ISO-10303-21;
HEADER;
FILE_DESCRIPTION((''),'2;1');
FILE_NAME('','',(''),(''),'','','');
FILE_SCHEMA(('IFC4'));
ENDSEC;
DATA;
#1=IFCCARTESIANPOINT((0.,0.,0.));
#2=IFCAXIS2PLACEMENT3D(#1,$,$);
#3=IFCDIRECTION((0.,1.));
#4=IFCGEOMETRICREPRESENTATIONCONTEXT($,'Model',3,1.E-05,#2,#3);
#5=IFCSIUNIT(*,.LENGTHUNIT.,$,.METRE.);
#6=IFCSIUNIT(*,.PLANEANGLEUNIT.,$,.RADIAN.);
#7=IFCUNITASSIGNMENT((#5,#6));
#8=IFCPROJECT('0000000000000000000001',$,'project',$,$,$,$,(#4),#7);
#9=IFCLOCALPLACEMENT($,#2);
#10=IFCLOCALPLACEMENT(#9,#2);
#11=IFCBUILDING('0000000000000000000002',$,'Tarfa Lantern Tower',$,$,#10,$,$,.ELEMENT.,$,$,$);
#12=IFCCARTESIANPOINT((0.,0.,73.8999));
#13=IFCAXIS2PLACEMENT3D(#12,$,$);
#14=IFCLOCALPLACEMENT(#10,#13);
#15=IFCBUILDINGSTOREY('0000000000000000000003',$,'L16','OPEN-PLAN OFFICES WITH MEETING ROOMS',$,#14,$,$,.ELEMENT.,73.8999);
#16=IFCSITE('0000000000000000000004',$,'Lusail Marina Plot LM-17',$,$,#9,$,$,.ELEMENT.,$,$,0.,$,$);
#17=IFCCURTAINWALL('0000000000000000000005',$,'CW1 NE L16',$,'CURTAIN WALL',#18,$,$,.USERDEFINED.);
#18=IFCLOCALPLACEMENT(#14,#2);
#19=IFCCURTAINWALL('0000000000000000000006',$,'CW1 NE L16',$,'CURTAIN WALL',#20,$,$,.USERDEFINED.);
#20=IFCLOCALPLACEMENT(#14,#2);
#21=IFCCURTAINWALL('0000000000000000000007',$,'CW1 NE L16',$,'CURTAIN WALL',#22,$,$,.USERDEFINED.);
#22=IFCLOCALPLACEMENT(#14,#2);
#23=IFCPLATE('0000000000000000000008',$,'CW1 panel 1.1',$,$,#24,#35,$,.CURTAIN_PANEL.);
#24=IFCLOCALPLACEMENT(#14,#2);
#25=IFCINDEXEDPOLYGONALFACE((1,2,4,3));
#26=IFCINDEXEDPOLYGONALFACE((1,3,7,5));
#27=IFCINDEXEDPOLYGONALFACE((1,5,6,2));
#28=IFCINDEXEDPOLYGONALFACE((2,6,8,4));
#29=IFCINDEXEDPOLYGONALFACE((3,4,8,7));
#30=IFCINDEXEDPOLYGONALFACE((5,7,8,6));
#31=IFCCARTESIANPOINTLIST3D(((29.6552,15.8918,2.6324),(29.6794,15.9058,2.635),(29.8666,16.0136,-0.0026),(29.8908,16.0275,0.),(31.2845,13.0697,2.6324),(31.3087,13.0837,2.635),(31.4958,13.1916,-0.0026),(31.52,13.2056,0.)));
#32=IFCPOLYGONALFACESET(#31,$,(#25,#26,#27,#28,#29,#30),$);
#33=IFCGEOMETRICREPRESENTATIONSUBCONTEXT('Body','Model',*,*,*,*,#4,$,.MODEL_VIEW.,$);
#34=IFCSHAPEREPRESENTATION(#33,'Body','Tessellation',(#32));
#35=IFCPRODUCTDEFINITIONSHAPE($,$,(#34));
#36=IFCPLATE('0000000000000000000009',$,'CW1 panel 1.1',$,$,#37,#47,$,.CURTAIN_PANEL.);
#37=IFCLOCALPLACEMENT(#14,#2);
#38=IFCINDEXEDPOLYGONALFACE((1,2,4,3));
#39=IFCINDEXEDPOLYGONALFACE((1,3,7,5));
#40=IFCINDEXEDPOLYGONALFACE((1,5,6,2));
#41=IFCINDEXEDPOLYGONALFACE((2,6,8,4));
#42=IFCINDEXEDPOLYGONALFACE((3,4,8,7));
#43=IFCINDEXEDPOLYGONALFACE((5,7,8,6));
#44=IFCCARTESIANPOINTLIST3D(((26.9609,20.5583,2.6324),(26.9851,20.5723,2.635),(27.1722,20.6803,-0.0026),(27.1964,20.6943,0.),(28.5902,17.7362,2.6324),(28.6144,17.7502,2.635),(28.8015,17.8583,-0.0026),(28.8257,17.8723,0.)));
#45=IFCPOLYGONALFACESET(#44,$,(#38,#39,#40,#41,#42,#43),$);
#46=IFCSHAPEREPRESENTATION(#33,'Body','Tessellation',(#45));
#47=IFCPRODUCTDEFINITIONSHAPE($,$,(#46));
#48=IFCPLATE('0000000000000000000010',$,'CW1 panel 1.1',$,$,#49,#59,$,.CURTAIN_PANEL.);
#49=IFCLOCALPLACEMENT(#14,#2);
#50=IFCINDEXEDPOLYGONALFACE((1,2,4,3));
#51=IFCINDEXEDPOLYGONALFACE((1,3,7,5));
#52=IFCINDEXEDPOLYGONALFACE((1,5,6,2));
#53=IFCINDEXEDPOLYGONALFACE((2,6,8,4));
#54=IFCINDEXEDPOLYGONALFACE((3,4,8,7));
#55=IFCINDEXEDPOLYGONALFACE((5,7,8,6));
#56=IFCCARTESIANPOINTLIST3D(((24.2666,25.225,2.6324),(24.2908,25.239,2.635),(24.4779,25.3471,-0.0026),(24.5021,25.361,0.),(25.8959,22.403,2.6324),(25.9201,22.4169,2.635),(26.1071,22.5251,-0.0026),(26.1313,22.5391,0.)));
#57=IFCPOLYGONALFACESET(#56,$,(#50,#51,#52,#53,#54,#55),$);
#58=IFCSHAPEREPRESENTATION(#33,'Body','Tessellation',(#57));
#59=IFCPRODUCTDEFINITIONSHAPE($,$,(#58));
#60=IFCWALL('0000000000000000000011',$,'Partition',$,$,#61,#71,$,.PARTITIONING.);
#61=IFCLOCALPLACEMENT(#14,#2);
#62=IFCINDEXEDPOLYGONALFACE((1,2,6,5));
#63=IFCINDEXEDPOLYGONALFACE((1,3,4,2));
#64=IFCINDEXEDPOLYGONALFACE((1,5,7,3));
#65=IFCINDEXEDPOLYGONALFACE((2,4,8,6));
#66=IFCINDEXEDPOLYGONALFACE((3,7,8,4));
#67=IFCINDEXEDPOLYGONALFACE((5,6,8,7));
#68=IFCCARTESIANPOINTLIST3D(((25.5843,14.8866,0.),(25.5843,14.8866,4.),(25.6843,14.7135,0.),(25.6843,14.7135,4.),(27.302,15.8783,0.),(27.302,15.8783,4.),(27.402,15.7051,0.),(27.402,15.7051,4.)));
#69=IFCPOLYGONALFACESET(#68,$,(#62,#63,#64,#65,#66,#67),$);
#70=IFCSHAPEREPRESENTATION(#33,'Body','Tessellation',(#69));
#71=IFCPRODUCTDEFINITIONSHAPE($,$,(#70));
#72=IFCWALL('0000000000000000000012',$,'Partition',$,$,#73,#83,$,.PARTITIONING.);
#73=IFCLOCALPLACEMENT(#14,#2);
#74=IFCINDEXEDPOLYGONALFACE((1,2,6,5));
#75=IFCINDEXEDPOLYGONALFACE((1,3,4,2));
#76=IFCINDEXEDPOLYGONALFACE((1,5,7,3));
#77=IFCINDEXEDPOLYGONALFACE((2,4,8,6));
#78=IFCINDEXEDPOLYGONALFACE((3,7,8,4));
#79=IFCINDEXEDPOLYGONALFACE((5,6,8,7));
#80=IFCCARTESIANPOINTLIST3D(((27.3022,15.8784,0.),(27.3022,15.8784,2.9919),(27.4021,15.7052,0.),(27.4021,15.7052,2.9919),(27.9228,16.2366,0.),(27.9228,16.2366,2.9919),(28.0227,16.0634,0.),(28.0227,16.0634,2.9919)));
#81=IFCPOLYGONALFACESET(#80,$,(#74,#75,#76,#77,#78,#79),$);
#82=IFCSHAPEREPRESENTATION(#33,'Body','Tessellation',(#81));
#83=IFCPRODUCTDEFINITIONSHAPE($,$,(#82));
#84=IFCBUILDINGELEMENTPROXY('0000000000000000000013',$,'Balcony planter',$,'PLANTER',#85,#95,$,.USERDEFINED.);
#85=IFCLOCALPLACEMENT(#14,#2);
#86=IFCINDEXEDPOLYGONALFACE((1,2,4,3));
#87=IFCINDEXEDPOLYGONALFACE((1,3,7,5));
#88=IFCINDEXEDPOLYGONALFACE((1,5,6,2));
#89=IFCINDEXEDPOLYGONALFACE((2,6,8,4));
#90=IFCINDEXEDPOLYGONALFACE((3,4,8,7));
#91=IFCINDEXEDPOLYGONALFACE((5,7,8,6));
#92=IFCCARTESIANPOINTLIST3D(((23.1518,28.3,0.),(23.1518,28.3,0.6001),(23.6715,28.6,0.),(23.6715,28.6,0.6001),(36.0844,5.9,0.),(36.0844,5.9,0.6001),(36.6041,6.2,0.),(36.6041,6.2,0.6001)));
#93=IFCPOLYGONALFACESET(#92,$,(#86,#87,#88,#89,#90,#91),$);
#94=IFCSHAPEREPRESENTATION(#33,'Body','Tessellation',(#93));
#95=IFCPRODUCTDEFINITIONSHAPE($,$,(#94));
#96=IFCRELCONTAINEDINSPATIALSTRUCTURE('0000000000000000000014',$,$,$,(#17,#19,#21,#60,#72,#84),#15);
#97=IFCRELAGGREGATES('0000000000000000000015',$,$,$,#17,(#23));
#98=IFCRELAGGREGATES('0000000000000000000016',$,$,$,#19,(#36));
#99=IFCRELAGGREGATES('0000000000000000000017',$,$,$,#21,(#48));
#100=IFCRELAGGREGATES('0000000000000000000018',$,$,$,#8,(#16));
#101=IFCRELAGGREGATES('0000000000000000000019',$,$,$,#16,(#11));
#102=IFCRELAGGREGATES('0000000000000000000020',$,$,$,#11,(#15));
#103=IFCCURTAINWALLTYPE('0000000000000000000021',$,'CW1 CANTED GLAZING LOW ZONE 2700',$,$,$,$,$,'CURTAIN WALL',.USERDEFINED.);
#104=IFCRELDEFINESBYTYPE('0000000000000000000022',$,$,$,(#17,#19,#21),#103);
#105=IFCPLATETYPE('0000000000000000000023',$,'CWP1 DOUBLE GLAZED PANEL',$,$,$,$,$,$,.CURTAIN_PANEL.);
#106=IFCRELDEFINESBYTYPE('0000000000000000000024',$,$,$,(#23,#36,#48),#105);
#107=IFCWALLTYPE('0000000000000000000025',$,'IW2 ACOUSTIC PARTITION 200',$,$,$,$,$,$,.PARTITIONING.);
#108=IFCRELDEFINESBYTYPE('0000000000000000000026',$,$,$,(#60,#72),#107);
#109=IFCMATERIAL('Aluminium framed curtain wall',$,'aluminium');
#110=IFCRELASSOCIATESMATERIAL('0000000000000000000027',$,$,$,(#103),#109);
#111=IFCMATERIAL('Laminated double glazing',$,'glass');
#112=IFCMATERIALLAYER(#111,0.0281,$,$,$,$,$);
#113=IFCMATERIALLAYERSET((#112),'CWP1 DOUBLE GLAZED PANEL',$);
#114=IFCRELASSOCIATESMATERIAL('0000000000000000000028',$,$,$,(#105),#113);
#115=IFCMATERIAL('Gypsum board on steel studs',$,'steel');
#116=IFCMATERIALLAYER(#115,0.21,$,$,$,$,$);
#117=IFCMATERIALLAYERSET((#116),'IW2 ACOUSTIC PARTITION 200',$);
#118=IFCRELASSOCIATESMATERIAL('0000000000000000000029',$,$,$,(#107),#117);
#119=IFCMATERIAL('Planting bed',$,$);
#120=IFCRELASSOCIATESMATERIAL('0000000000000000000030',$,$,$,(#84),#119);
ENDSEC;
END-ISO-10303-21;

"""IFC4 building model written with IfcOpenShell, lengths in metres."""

from ifc_helpers import new_model, si_unit, direction, frame, frame_2d, origin, origin_2d, place, context, subcontext, project, spatial, polyline, rectangle, outline, extrude, material, layer, layer_set, type_object, element, aggregate, save


model = new_model("IFC4")

# Units and contexts
model_context = context("Model", 3, precision=1e-05, world=origin(), true_north=direction((0.0, 1.0)))
body_context = subcontext(model_context, "Body", "Model", "MODEL_VIEW")
ifc_project = project(units=[si_unit("LENGTHUNIT", "METRE"), si_unit("PLANEANGLEUNIT", "RADIAN")], contexts=[model_context])

# Site, building, storey
site_placement = place(None, origin())
site = spatial("IfcSite", under=ifc_project, at=site_placement, Name="Lusail Marina Plot LM-17", CompositionType="ELEMENT", RefElevation=0.0)
building_placement = place(site_placement, origin())
building = spatial("IfcBuilding", under=site, at=building_placement, Name="Tarfa Lantern Tower", CompositionType="ELEMENT")
storey_placement = place(building_placement, frame((0.0, 0.0, 73.8999)))
storey = spatial("IfcBuildingStorey", under=building, at=storey_placement, Name="L16", Description="OPEN-PLAN OFFICES WITH MEETING ROOMS", CompositionType="ELEMENT", Elevation=73.8999)

# Curtain walls
ifc_material_1 = material(Name="Aluminium framed curtain wall", Category="aluminium")
curtain_wall_type = type_object("IfcCurtainWallType", Name="CW1 CANTED GLAZING LOW ZONE 2700", ElementType="CURTAIN WALL", PredefinedType="USERDEFINED", material=ifc_material_1)
curtain_wall_1_placement = place(storey_placement, origin())
curtain_wall_1 = element("IfcCurtainWall", 1, at=curtain_wall_1_placement, inside=storey, type_object=curtain_wall_type, Name="CW1 NE L16", ObjectType="CURTAIN WALL", PredefinedType="USERDEFINED")
curtain_wall_2_placement = place(storey_placement, origin())
curtain_wall_2 = element("IfcCurtainWall", 2, at=curtain_wall_2_placement, inside=storey, type_object=curtain_wall_type, Name="CW1 NE L16", ObjectType="CURTAIN WALL", PredefinedType="USERDEFINED")
curtain_wall_3_placement = place(storey_placement, origin())
curtain_wall_3 = element("IfcCurtainWall", 3, at=curtain_wall_3_placement, inside=storey, type_object=curtain_wall_type, Name="CW1 NE L16", ObjectType="CURTAIN WALL", PredefinedType="USERDEFINED")

# Plates
ifc_material_2 = material(Name="Laminated double glazing", Category="glass")
ifc_layer_1 = layer(ifc_material_2, 0.0281)
ifc_layer_set_1 = layer_set([ifc_layer_1], Name="CWP1 DOUBLE GLAZED PANEL")
plate_type = type_object("IfcPlateType", Name="CWP1 DOUBLE GLAZED PANEL", PredefinedType="CURTAIN_PANEL", material=ifc_layer_set_1)
plate_1_placement = place(storey_placement, frame((31.52, 13.2056, 0.0), z_axis=(0.862342, 0.497867, 0.09217), x_axis=(-0.499995, 0.866029, -0.000003)))
plate_1 = element("IfcPlate", 4, at=plate_1_placement, type_object=plate_type, Name="CW1 panel 1.1", PredefinedType="CURTAIN_PANEL", context=body_context, shape_type="SweptSolid", body=[
    extrude(outline(polyline([(0.0, 0.0), (3.2585, 0.0), (3.2587, 2.6463), (0.0001, 2.6463), (0.0, 0.0)])), origin(), (0.0, 0.0, -1.0), 0.0281),
])
aggregate(curtain_wall_1, [plate_1])
plate_2_placement = place(storey_placement, frame((28.8257, 17.8723, 0.0), z_axis=(0.862338, 0.497864, 0.092216), x_axis=(-0.499995, 0.866029, -0.000003)))
plate_2 = element("IfcPlate", 5, at=plate_2_placement, type_object=plate_type, Name="CW1 panel 1.1", PredefinedType="CURTAIN_PANEL", context=body_context, shape_type="SweptSolid", body=[
    extrude(outline(polyline([(0.0, 0.0), (3.2585, 0.0), (3.2585, 2.6463), (-0.0001, 2.6463), (0.0, 0.0)])), origin(), (0.0, 0.0, -1.0), 0.0281),
])
aggregate(curtain_wall_2, [plate_2])
plate_3_placement = place(storey_placement, frame((26.1313, 22.5391, 0.0), z_axis=(0.862338, 0.497864, 0.092216), x_axis=(-0.499995, 0.866029, -0.000003)))
plate_3 = element("IfcPlate", 6, at=plate_3_placement, type_object=plate_type, Name="CW1 panel 1.1", PredefinedType="CURTAIN_PANEL", context=body_context, shape_type="SweptSolid", body=[
    extrude(outline(polyline([(0.0, 0.0), (3.2585, 0.0), (3.2585, 2.6463), (-0.0001, 2.6463), (0.0, 0.0)])), origin(), (0.0, 0.0, -1.0), 0.0281),
])
aggregate(curtain_wall_3, [plate_3])

# Walls
ifc_material_3 = material(Name="Gypsum board on steel studs", Category="steel")
ifc_layer_2 = layer(ifc_material_3, 0.21)
ifc_layer_set_2 = layer_set([ifc_layer_2], Name="IW2 ACOUSTIC PARTITION 200")
wall_type = type_object("IfcWallType", Name="IW2 ACOUSTIC PARTITION 200", PredefinedType="PARTITIONING", material=ifc_layer_set_2)
wall_1_placement = place(storey_placement, frame((25.6343, 14.8, 0.0), z_axis=(0.0, 0.0, 1.0), x_axis=(0.866038, 0.499978, 0.0)))
element("IfcWall", 7, at=wall_1_placement, inside=storey, type_object=wall_type, Name="Partition", PredefinedType="PARTITIONING", context=body_context, shape_type="SweptSolid", body=[
    extrude(rectangle(XDim=1.9834, YDim=0.2, at=frame_2d((0.9917, 0.0))), origin(), (0.0, 0.0, 1.0), 4.0),
])
wall_2_placement = place(storey_placement, frame((27.3521, 15.7917, 0.0), z_axis=(0.0, 0.0, 1.0), x_axis=(0.866118, 0.49984, 0.0)))
element("IfcWall", 8, at=wall_2_placement, inside=storey, type_object=wall_type, Name="Partition", PredefinedType="PARTITIONING", context=body_context, shape_type="SweptSolid", body=[
    extrude(rectangle(XDim=0.7166, YDim=0.2, at=frame_2d((0.3584, 0.0))), origin(), (0.0, 0.0, 1.0), 2.9919),
])

# Building element proxy
ifc_material_4 = material(Name="Planting bed")
proxy_placement = place(storey_placement, frame((29.8779, 17.25, 0.0), z_axis=(0.0, 0.0, 1.0), x_axis=(-0.5, 0.866025, 0.0)))
element("IfcBuildingElementProxy", 9, at=proxy_placement, inside=storey, material=ifc_material_4, Name="Balcony planter", ObjectType="PLANTER", PredefinedType="USERDEFINED", context=body_context, shape_type="SweptSolid", body=[
    extrude(rectangle(XDim=25.8652, YDim=0.6001, at=origin_2d()), origin(), (0.0, 0.0, 1.0), 0.6001),
])

save(model, "model.ifc")
